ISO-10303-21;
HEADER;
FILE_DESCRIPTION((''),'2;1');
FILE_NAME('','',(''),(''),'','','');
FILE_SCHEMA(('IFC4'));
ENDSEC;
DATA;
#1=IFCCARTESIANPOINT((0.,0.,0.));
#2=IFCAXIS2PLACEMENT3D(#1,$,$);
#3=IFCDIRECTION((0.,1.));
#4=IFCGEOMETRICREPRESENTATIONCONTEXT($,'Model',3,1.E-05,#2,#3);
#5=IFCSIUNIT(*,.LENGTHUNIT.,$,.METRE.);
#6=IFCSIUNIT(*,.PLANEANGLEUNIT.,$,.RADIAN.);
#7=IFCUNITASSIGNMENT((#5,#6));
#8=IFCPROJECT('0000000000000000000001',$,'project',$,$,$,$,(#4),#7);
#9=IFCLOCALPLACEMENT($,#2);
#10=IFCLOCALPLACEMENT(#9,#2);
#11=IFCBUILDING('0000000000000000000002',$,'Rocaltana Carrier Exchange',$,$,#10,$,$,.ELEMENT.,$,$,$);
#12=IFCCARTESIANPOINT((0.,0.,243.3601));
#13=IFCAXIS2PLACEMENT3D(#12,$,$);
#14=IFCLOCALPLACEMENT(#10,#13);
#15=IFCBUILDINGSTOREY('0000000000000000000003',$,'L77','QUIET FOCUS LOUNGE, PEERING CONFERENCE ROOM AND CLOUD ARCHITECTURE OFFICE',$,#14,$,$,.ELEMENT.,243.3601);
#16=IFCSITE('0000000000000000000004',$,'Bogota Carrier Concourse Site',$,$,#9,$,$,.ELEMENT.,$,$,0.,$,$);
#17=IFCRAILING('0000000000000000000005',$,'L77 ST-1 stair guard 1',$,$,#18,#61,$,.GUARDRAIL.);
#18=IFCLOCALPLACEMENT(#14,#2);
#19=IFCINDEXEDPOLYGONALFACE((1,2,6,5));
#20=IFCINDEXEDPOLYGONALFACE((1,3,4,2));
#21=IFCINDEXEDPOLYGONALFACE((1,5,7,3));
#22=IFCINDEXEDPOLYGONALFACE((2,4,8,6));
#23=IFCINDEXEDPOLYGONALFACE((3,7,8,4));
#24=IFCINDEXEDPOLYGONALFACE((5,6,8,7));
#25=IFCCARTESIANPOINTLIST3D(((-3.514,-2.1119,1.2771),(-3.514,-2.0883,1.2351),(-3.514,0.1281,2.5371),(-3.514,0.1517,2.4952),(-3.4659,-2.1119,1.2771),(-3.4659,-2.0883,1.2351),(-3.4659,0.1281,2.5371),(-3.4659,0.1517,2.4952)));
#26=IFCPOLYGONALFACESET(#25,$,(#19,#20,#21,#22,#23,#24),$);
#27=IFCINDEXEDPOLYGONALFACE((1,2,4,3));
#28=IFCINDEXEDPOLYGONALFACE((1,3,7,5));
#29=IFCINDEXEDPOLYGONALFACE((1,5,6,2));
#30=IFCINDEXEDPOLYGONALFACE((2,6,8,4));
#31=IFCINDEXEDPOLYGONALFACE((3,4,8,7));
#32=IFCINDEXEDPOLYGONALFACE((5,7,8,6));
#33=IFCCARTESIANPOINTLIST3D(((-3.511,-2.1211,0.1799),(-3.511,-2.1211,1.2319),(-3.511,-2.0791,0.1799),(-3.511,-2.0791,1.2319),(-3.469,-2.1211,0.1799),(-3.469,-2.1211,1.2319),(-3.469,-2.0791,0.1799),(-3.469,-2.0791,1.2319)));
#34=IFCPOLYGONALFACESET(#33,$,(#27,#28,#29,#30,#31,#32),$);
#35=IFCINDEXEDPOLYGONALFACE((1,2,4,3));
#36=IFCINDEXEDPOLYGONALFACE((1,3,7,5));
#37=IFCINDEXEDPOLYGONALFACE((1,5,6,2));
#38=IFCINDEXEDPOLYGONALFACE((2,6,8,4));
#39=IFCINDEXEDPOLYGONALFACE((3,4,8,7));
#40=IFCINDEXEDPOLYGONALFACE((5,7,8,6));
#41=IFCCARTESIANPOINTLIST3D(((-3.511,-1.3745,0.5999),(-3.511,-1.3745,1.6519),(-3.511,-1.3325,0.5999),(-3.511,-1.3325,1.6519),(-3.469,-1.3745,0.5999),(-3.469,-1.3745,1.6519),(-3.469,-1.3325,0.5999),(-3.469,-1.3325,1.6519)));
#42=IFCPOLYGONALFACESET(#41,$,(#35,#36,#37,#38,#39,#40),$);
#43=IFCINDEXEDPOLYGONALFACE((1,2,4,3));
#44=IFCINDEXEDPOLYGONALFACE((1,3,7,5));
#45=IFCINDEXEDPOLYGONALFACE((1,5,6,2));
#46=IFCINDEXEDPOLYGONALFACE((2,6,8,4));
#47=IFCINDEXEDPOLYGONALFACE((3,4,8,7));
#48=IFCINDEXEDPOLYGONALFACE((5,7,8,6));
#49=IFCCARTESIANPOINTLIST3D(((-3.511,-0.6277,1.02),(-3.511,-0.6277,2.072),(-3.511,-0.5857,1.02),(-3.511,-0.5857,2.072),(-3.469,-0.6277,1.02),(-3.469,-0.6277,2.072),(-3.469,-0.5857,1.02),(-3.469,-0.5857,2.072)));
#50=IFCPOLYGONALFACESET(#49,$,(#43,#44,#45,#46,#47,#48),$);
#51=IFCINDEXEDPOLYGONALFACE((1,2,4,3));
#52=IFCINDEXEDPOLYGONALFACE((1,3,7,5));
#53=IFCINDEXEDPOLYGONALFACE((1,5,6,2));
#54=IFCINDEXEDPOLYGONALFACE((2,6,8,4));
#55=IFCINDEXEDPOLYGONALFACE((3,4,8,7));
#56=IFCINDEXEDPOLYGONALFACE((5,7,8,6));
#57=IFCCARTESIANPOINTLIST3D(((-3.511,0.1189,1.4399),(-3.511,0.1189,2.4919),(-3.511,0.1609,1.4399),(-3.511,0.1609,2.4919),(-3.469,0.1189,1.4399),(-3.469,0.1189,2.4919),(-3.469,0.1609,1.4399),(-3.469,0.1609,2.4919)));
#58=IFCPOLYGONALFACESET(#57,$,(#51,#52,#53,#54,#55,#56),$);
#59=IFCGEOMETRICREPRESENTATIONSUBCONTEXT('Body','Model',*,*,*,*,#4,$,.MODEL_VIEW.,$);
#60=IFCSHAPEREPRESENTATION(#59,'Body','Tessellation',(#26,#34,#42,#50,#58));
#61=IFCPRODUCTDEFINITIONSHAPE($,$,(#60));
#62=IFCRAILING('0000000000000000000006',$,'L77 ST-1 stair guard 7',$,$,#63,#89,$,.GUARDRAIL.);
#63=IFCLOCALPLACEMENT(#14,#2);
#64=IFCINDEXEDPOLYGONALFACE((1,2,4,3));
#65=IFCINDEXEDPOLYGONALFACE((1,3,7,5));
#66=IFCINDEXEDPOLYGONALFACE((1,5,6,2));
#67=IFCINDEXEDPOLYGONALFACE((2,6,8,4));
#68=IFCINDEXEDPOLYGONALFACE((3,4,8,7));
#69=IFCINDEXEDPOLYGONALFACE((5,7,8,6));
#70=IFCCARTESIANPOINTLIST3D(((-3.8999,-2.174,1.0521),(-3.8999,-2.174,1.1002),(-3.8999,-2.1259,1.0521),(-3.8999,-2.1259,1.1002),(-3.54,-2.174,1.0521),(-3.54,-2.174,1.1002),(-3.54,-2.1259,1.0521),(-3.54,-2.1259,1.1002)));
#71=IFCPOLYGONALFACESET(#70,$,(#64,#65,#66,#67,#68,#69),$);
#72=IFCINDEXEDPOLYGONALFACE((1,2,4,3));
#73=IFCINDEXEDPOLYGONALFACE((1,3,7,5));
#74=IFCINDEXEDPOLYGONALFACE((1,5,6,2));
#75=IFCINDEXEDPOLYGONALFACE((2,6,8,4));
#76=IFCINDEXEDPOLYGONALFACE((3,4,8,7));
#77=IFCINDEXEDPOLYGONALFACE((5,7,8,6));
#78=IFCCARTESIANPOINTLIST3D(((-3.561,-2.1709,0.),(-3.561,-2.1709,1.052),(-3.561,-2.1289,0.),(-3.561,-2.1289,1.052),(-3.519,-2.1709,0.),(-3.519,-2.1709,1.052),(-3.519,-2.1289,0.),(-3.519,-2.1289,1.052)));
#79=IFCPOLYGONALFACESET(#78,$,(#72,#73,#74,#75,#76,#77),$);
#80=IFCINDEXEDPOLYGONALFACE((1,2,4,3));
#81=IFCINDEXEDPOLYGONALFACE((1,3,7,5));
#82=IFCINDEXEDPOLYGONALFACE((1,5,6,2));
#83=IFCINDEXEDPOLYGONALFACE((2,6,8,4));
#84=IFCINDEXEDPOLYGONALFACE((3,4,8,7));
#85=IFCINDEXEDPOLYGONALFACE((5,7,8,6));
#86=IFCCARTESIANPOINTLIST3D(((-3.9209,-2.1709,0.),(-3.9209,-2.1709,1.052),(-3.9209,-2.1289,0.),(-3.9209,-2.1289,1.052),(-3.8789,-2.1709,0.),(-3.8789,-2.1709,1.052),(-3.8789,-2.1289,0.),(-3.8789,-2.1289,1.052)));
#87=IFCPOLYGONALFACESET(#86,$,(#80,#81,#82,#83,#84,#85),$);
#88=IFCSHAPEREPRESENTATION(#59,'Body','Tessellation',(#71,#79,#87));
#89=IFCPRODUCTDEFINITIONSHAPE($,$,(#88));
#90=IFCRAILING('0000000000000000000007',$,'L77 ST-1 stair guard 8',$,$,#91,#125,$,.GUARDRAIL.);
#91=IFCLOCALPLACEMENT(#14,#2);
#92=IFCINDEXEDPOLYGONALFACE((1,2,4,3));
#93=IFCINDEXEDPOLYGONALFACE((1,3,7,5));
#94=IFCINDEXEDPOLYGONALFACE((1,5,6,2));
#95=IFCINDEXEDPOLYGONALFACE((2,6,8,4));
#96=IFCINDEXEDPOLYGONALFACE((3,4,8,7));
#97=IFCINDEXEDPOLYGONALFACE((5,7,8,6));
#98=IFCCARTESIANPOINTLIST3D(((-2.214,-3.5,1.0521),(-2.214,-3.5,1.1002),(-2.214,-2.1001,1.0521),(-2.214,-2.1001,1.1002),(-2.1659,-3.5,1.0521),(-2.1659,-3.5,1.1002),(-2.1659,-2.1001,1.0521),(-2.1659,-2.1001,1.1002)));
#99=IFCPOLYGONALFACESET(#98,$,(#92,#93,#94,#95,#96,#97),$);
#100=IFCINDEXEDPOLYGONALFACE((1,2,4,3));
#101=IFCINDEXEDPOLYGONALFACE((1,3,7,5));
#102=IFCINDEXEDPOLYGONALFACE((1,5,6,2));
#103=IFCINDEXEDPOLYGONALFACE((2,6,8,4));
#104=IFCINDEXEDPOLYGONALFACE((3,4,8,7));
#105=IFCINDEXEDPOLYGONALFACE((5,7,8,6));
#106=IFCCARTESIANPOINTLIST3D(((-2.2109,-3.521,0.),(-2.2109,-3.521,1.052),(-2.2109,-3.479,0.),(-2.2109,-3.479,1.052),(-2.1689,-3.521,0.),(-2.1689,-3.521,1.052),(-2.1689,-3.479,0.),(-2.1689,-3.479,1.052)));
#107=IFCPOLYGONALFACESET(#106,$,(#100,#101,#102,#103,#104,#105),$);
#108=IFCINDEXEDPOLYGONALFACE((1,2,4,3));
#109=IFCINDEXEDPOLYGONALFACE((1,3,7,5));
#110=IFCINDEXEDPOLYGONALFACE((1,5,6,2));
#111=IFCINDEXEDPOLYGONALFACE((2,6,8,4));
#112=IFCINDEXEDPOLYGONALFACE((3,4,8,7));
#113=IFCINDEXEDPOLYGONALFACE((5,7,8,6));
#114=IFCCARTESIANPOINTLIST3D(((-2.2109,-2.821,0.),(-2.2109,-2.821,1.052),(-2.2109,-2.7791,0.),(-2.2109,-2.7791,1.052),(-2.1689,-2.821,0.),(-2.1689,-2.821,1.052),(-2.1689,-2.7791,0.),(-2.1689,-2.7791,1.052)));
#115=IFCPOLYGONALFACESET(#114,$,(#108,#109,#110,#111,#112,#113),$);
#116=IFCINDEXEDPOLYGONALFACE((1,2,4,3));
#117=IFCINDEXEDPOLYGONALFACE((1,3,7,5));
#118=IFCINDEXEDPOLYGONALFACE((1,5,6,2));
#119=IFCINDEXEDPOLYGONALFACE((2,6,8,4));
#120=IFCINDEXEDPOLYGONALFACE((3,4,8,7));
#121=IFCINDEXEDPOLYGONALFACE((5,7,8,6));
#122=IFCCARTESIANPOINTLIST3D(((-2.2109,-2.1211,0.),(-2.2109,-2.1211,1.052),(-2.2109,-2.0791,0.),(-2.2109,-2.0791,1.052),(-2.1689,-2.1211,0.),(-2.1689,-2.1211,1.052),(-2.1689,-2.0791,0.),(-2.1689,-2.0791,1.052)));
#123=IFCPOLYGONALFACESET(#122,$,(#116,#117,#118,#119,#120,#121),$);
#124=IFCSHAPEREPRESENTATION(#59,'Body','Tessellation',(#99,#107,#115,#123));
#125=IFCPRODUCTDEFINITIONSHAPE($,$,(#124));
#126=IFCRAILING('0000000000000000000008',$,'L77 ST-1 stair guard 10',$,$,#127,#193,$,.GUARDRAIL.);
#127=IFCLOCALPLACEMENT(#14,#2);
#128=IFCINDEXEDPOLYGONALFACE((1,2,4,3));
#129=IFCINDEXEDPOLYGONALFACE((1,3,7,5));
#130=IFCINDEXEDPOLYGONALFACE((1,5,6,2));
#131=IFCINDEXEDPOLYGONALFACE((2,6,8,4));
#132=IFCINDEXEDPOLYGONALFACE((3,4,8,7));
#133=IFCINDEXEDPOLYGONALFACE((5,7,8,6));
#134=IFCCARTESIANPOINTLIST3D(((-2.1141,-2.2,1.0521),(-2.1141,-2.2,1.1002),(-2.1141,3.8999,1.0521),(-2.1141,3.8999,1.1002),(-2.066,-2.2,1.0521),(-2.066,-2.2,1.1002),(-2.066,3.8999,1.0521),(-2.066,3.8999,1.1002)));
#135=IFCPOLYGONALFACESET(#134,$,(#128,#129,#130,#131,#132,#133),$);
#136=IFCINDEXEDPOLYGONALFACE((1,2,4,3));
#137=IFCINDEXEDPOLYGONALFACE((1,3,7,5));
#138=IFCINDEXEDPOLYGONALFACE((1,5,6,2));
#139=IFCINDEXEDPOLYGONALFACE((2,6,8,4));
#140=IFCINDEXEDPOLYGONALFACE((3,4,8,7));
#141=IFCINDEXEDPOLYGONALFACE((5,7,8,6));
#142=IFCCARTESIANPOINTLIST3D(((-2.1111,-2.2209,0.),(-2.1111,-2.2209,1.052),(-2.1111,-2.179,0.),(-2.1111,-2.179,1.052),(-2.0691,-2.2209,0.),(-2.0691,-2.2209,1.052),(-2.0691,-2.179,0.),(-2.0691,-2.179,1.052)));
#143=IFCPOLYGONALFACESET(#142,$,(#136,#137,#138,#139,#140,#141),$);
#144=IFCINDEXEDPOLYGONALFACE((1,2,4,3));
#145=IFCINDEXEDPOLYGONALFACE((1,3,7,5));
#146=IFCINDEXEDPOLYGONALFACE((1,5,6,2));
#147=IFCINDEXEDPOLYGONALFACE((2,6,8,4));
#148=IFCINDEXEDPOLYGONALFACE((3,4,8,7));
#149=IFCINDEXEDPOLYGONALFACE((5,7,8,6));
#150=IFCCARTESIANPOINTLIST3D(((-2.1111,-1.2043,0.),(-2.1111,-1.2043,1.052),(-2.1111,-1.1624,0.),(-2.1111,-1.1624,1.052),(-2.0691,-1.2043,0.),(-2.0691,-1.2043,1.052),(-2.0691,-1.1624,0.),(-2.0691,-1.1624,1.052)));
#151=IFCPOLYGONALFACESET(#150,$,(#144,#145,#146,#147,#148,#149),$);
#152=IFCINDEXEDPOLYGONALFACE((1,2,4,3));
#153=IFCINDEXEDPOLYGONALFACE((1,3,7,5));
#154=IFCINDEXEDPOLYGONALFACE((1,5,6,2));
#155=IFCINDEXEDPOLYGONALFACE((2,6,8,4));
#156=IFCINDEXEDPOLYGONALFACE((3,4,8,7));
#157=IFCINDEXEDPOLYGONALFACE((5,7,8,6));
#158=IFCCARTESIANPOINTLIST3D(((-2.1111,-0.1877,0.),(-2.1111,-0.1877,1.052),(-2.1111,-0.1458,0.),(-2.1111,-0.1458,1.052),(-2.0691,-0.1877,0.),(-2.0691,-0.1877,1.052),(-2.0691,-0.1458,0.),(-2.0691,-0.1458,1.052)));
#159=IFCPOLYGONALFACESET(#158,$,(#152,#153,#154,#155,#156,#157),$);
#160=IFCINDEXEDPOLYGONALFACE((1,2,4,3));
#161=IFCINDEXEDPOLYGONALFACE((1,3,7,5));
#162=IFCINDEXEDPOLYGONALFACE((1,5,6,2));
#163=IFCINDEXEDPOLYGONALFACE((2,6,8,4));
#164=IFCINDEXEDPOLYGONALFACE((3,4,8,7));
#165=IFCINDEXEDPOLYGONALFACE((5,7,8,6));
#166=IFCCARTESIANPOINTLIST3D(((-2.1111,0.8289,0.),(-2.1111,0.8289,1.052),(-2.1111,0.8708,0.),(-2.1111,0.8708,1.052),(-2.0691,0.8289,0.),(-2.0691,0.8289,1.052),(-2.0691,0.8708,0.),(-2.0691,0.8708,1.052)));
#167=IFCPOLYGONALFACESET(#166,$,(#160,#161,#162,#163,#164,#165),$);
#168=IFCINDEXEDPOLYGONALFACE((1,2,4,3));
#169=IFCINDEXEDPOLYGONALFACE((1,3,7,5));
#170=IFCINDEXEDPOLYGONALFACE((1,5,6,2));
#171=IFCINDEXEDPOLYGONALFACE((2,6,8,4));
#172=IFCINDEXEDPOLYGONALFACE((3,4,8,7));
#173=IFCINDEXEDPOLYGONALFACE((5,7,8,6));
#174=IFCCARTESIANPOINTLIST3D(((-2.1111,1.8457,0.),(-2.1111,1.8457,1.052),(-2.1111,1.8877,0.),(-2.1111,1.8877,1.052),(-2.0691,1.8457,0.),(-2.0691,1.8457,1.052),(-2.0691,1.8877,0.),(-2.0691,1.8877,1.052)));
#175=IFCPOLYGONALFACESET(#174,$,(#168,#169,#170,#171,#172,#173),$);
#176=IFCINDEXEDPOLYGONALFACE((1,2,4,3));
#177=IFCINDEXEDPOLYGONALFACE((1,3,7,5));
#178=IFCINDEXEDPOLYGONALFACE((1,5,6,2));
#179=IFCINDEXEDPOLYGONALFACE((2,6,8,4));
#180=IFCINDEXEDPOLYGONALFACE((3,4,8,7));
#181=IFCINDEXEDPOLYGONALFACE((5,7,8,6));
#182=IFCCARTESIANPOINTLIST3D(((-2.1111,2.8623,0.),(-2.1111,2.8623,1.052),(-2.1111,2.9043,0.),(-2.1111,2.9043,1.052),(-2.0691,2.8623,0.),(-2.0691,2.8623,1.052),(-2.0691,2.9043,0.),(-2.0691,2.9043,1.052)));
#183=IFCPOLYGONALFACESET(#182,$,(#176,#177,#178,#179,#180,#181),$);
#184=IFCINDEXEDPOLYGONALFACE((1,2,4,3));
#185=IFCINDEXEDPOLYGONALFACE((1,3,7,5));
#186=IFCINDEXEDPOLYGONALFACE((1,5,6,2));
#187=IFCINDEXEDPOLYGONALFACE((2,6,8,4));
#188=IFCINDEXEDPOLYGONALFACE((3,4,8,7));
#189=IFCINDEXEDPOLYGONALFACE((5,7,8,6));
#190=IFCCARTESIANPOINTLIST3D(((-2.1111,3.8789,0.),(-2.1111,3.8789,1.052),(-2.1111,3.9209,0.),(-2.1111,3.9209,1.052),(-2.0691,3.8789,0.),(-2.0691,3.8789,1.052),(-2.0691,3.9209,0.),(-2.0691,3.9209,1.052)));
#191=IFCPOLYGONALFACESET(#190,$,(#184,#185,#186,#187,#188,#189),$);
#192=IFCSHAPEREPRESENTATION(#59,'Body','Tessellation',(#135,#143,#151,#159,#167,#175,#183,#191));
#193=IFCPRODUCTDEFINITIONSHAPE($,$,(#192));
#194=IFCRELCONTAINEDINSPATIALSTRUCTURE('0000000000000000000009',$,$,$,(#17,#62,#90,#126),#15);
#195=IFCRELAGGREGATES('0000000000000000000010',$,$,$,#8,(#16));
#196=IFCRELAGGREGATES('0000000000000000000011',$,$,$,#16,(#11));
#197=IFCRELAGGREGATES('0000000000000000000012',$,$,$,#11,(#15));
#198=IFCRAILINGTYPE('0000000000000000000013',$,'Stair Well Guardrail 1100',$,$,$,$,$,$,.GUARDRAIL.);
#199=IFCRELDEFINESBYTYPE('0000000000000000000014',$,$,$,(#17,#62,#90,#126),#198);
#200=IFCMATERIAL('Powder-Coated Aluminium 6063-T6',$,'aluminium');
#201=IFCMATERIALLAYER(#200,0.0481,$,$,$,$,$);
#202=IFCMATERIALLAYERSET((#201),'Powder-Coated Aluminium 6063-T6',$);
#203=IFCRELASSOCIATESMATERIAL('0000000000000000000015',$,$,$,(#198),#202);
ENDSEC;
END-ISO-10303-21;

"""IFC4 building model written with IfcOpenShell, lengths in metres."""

from ifc_helpers import new_model, si_unit, direction, frame, origin, origin_2d, place, context, subcontext, project, spatial, rectangle, extrude, material, layer, layer_set, type_object, element, save


model = new_model("IFC4")

# Units and contexts
model_context = context("Model", 3, precision=1e-05, world=origin(), true_north=direction((0.0, 1.0)))
body_context = subcontext(model_context, "Body", "Model", "MODEL_VIEW")
ifc_project = project(units=[si_unit("LENGTHUNIT", "METRE"), si_unit("PLANEANGLEUNIT", "RADIAN")], contexts=[model_context])

# Site, building, storey
site_placement = place(None, origin())
site = spatial("IfcSite", under=ifc_project, at=site_placement, Name="Bogota Carrier Concourse Site", CompositionType="ELEMENT", RefElevation=0.0)
building_placement = place(site_placement, origin())
building = spatial("IfcBuilding", under=site, at=building_placement, Name="Rocaltana Carrier Exchange", CompositionType="ELEMENT")
storey_placement = place(building_placement, frame((0.0, 0.0, 243.3601)))
storey = spatial("IfcBuildingStorey", under=building, at=storey_placement, Name="L77", Description="QUIET FOCUS LOUNGE, PEERING CONFERENCE ROOM AND CLOUD ARCHITECTURE OFFICE", CompositionType="ELEMENT", Elevation=243.3601)

# Railings
ifc_material_1 = material(Name="Powder-Coated Aluminium 6063-T6", Category="aluminium")
ifc_layer_1 = layer(ifc_material_1, 0.0481)
ifc_layer_set_1 = layer_set([ifc_layer_1], Name="Powder-Coated Aluminium 6063-T6")
railing_type_1 = type_object("IfcRailingType", Name="Stair Well Guardrail 1100", PredefinedType="GUARDRAIL", material=ifc_layer_set_1)
railing_1_placement = place(storey_placement, frame((-3.49, -2.1001, 0.1799)))
element("IfcRailing", 1, at=railing_1_placement, inside=storey, type_object=railing_type_1, Name="L77 ST-1 stair guard 1", PredefinedType="GUARDRAIL", context=body_context, shape_type="SweptSolid", body=[
    extrude(rectangle(XDim=0.0481, YDim=0.0481, at=origin_2d()), frame((0.0, 0.0, 1.0762), z_axis=(0.0, 0.871573, 0.490266), x_axis=(-1.0, 0.0, 0.0)), (0.0, 0.0, 1.0), 2.5701),
    extrude(rectangle(XDim=0.042, YDim=0.042, at=origin_2d()), origin(), (0.0, 0.0, 1.0), 1.052),
    extrude(rectangle(XDim=0.042, YDim=0.042, at=origin_2d()), frame((0.0, 0.7466, 0.4199)), (0.0, 0.0, 1.0), 1.052),
    extrude(rectangle(XDim=0.042, YDim=0.042, at=origin_2d()), frame((0.0, 1.4934, 0.8401)), (0.0, 0.0, 1.0), 1.052),
    extrude(rectangle(XDim=0.042, YDim=0.042, at=origin_2d()), frame((0.0, 2.24, 1.26)), (0.0, 0.0, 1.0), 1.052),
])
railing_2_placement = place(storey_placement, frame((-3.54, -2.1499, 0.0)))
element("IfcRailing", 2, at=railing_2_placement, inside=storey, type_object=railing_type_1, Name="L77 ST-1 stair guard 7", PredefinedType="GUARDRAIL", context=body_context, shape_type="SweptSolid", body=[
    extrude(rectangle(XDim=0.0481, YDim=0.0481, at=origin_2d()), frame((0.0, 0.0, 1.0762), z_axis=(-1.0, 0.0, 0.0), x_axis=(0.0, -1.0, 0.0)), (0.0, 0.0, 1.0), 0.3599),
    extrude(rectangle(XDim=0.042, YDim=0.042, at=origin_2d()), origin(), (0.0, 0.0, 1.0), 1.052),
    extrude(rectangle(XDim=0.042, YDim=0.042, at=origin_2d()), frame((-0.3599, 0.0, 0.0)), (0.0, 0.0, 1.0), 1.052),
])
railing_3_placement = place(storey_placement, frame((-2.1899, -3.5, 0.0)))
element("IfcRailing", 3, at=railing_3_placement, inside=storey, type_object=railing_type_1, Name="L77 ST-1 stair guard 8", PredefinedType="GUARDRAIL", context=body_context, shape_type="SweptSolid", body=[
    extrude(rectangle(XDim=0.0481, YDim=0.0481, at=origin_2d()), frame((0.0, 0.0, 1.0762), z_axis=(0.0, 1.0, 0.0), x_axis=(-1.0, 0.0, 0.0)), (0.0, 0.0, 1.0), 1.3999),
    extrude(rectangle(XDim=0.042, YDim=0.042, at=origin_2d()), origin(), (0.0, 0.0, 1.0), 1.052),
    extrude(rectangle(XDim=0.042, YDim=0.042, at=origin_2d()), frame((0.0, 0.7, 0.0)), (0.0, 0.0, 1.0), 1.052),
    extrude(rectangle(XDim=0.042, YDim=0.042, at=origin_2d()), frame((0.0, 1.3999, 0.0)), (0.0, 0.0, 1.0), 1.052),
])
railing_4_placement = place(storey_placement, frame((-2.0901, -2.2, 0.0)))
element("IfcRailing", 4, at=railing_4_placement, inside=storey, type_object=railing_type_1, Name="L77 ST-1 stair guard 10", PredefinedType="GUARDRAIL", context=body_context, shape_type="SweptSolid", body=[
    extrude(rectangle(XDim=0.0481, YDim=0.0481, at=origin_2d()), frame((0.0, 0.0, 1.0762), z_axis=(0.0, 1.0, 0.0), x_axis=(-1.0, 0.0, 0.0)), (0.0, 0.0, 1.0), 6.0999),
    extrude(rectangle(XDim=0.042, YDim=0.042, at=origin_2d()), origin(), (0.0, 0.0, 1.0), 1.052),
    extrude(rectangle(XDim=0.042, YDim=0.042, at=origin_2d()), frame((0.0, 1.0166, 0.0)), (0.0, 0.0, 1.0), 1.052),
    extrude(rectangle(XDim=0.042, YDim=0.042, at=origin_2d()), frame((0.0, 2.0332, 0.0)), (0.0, 0.0, 1.0), 1.052),
    extrude(rectangle(XDim=0.042, YDim=0.042, at=origin_2d()), frame((0.0, 3.0498, 0.0)), (0.0, 0.0, 1.0), 1.052),
    extrude(rectangle(XDim=0.042, YDim=0.042, at=origin_2d()), frame((0.0, 4.0667, 0.0)), (0.0, 0.0, 1.0), 1.052),
    extrude(rectangle(XDim=0.042, YDim=0.042, at=origin_2d()), frame((0.0, 5.0833, 0.0)), (0.0, 0.0, 1.0), 1.052),
    extrude(rectangle(XDim=0.042, YDim=0.042, at=origin_2d()), frame((0.0, 6.0999, 0.0)), (0.0, 0.0, 1.0), 1.052),
])

save(model, "model.ifc")
